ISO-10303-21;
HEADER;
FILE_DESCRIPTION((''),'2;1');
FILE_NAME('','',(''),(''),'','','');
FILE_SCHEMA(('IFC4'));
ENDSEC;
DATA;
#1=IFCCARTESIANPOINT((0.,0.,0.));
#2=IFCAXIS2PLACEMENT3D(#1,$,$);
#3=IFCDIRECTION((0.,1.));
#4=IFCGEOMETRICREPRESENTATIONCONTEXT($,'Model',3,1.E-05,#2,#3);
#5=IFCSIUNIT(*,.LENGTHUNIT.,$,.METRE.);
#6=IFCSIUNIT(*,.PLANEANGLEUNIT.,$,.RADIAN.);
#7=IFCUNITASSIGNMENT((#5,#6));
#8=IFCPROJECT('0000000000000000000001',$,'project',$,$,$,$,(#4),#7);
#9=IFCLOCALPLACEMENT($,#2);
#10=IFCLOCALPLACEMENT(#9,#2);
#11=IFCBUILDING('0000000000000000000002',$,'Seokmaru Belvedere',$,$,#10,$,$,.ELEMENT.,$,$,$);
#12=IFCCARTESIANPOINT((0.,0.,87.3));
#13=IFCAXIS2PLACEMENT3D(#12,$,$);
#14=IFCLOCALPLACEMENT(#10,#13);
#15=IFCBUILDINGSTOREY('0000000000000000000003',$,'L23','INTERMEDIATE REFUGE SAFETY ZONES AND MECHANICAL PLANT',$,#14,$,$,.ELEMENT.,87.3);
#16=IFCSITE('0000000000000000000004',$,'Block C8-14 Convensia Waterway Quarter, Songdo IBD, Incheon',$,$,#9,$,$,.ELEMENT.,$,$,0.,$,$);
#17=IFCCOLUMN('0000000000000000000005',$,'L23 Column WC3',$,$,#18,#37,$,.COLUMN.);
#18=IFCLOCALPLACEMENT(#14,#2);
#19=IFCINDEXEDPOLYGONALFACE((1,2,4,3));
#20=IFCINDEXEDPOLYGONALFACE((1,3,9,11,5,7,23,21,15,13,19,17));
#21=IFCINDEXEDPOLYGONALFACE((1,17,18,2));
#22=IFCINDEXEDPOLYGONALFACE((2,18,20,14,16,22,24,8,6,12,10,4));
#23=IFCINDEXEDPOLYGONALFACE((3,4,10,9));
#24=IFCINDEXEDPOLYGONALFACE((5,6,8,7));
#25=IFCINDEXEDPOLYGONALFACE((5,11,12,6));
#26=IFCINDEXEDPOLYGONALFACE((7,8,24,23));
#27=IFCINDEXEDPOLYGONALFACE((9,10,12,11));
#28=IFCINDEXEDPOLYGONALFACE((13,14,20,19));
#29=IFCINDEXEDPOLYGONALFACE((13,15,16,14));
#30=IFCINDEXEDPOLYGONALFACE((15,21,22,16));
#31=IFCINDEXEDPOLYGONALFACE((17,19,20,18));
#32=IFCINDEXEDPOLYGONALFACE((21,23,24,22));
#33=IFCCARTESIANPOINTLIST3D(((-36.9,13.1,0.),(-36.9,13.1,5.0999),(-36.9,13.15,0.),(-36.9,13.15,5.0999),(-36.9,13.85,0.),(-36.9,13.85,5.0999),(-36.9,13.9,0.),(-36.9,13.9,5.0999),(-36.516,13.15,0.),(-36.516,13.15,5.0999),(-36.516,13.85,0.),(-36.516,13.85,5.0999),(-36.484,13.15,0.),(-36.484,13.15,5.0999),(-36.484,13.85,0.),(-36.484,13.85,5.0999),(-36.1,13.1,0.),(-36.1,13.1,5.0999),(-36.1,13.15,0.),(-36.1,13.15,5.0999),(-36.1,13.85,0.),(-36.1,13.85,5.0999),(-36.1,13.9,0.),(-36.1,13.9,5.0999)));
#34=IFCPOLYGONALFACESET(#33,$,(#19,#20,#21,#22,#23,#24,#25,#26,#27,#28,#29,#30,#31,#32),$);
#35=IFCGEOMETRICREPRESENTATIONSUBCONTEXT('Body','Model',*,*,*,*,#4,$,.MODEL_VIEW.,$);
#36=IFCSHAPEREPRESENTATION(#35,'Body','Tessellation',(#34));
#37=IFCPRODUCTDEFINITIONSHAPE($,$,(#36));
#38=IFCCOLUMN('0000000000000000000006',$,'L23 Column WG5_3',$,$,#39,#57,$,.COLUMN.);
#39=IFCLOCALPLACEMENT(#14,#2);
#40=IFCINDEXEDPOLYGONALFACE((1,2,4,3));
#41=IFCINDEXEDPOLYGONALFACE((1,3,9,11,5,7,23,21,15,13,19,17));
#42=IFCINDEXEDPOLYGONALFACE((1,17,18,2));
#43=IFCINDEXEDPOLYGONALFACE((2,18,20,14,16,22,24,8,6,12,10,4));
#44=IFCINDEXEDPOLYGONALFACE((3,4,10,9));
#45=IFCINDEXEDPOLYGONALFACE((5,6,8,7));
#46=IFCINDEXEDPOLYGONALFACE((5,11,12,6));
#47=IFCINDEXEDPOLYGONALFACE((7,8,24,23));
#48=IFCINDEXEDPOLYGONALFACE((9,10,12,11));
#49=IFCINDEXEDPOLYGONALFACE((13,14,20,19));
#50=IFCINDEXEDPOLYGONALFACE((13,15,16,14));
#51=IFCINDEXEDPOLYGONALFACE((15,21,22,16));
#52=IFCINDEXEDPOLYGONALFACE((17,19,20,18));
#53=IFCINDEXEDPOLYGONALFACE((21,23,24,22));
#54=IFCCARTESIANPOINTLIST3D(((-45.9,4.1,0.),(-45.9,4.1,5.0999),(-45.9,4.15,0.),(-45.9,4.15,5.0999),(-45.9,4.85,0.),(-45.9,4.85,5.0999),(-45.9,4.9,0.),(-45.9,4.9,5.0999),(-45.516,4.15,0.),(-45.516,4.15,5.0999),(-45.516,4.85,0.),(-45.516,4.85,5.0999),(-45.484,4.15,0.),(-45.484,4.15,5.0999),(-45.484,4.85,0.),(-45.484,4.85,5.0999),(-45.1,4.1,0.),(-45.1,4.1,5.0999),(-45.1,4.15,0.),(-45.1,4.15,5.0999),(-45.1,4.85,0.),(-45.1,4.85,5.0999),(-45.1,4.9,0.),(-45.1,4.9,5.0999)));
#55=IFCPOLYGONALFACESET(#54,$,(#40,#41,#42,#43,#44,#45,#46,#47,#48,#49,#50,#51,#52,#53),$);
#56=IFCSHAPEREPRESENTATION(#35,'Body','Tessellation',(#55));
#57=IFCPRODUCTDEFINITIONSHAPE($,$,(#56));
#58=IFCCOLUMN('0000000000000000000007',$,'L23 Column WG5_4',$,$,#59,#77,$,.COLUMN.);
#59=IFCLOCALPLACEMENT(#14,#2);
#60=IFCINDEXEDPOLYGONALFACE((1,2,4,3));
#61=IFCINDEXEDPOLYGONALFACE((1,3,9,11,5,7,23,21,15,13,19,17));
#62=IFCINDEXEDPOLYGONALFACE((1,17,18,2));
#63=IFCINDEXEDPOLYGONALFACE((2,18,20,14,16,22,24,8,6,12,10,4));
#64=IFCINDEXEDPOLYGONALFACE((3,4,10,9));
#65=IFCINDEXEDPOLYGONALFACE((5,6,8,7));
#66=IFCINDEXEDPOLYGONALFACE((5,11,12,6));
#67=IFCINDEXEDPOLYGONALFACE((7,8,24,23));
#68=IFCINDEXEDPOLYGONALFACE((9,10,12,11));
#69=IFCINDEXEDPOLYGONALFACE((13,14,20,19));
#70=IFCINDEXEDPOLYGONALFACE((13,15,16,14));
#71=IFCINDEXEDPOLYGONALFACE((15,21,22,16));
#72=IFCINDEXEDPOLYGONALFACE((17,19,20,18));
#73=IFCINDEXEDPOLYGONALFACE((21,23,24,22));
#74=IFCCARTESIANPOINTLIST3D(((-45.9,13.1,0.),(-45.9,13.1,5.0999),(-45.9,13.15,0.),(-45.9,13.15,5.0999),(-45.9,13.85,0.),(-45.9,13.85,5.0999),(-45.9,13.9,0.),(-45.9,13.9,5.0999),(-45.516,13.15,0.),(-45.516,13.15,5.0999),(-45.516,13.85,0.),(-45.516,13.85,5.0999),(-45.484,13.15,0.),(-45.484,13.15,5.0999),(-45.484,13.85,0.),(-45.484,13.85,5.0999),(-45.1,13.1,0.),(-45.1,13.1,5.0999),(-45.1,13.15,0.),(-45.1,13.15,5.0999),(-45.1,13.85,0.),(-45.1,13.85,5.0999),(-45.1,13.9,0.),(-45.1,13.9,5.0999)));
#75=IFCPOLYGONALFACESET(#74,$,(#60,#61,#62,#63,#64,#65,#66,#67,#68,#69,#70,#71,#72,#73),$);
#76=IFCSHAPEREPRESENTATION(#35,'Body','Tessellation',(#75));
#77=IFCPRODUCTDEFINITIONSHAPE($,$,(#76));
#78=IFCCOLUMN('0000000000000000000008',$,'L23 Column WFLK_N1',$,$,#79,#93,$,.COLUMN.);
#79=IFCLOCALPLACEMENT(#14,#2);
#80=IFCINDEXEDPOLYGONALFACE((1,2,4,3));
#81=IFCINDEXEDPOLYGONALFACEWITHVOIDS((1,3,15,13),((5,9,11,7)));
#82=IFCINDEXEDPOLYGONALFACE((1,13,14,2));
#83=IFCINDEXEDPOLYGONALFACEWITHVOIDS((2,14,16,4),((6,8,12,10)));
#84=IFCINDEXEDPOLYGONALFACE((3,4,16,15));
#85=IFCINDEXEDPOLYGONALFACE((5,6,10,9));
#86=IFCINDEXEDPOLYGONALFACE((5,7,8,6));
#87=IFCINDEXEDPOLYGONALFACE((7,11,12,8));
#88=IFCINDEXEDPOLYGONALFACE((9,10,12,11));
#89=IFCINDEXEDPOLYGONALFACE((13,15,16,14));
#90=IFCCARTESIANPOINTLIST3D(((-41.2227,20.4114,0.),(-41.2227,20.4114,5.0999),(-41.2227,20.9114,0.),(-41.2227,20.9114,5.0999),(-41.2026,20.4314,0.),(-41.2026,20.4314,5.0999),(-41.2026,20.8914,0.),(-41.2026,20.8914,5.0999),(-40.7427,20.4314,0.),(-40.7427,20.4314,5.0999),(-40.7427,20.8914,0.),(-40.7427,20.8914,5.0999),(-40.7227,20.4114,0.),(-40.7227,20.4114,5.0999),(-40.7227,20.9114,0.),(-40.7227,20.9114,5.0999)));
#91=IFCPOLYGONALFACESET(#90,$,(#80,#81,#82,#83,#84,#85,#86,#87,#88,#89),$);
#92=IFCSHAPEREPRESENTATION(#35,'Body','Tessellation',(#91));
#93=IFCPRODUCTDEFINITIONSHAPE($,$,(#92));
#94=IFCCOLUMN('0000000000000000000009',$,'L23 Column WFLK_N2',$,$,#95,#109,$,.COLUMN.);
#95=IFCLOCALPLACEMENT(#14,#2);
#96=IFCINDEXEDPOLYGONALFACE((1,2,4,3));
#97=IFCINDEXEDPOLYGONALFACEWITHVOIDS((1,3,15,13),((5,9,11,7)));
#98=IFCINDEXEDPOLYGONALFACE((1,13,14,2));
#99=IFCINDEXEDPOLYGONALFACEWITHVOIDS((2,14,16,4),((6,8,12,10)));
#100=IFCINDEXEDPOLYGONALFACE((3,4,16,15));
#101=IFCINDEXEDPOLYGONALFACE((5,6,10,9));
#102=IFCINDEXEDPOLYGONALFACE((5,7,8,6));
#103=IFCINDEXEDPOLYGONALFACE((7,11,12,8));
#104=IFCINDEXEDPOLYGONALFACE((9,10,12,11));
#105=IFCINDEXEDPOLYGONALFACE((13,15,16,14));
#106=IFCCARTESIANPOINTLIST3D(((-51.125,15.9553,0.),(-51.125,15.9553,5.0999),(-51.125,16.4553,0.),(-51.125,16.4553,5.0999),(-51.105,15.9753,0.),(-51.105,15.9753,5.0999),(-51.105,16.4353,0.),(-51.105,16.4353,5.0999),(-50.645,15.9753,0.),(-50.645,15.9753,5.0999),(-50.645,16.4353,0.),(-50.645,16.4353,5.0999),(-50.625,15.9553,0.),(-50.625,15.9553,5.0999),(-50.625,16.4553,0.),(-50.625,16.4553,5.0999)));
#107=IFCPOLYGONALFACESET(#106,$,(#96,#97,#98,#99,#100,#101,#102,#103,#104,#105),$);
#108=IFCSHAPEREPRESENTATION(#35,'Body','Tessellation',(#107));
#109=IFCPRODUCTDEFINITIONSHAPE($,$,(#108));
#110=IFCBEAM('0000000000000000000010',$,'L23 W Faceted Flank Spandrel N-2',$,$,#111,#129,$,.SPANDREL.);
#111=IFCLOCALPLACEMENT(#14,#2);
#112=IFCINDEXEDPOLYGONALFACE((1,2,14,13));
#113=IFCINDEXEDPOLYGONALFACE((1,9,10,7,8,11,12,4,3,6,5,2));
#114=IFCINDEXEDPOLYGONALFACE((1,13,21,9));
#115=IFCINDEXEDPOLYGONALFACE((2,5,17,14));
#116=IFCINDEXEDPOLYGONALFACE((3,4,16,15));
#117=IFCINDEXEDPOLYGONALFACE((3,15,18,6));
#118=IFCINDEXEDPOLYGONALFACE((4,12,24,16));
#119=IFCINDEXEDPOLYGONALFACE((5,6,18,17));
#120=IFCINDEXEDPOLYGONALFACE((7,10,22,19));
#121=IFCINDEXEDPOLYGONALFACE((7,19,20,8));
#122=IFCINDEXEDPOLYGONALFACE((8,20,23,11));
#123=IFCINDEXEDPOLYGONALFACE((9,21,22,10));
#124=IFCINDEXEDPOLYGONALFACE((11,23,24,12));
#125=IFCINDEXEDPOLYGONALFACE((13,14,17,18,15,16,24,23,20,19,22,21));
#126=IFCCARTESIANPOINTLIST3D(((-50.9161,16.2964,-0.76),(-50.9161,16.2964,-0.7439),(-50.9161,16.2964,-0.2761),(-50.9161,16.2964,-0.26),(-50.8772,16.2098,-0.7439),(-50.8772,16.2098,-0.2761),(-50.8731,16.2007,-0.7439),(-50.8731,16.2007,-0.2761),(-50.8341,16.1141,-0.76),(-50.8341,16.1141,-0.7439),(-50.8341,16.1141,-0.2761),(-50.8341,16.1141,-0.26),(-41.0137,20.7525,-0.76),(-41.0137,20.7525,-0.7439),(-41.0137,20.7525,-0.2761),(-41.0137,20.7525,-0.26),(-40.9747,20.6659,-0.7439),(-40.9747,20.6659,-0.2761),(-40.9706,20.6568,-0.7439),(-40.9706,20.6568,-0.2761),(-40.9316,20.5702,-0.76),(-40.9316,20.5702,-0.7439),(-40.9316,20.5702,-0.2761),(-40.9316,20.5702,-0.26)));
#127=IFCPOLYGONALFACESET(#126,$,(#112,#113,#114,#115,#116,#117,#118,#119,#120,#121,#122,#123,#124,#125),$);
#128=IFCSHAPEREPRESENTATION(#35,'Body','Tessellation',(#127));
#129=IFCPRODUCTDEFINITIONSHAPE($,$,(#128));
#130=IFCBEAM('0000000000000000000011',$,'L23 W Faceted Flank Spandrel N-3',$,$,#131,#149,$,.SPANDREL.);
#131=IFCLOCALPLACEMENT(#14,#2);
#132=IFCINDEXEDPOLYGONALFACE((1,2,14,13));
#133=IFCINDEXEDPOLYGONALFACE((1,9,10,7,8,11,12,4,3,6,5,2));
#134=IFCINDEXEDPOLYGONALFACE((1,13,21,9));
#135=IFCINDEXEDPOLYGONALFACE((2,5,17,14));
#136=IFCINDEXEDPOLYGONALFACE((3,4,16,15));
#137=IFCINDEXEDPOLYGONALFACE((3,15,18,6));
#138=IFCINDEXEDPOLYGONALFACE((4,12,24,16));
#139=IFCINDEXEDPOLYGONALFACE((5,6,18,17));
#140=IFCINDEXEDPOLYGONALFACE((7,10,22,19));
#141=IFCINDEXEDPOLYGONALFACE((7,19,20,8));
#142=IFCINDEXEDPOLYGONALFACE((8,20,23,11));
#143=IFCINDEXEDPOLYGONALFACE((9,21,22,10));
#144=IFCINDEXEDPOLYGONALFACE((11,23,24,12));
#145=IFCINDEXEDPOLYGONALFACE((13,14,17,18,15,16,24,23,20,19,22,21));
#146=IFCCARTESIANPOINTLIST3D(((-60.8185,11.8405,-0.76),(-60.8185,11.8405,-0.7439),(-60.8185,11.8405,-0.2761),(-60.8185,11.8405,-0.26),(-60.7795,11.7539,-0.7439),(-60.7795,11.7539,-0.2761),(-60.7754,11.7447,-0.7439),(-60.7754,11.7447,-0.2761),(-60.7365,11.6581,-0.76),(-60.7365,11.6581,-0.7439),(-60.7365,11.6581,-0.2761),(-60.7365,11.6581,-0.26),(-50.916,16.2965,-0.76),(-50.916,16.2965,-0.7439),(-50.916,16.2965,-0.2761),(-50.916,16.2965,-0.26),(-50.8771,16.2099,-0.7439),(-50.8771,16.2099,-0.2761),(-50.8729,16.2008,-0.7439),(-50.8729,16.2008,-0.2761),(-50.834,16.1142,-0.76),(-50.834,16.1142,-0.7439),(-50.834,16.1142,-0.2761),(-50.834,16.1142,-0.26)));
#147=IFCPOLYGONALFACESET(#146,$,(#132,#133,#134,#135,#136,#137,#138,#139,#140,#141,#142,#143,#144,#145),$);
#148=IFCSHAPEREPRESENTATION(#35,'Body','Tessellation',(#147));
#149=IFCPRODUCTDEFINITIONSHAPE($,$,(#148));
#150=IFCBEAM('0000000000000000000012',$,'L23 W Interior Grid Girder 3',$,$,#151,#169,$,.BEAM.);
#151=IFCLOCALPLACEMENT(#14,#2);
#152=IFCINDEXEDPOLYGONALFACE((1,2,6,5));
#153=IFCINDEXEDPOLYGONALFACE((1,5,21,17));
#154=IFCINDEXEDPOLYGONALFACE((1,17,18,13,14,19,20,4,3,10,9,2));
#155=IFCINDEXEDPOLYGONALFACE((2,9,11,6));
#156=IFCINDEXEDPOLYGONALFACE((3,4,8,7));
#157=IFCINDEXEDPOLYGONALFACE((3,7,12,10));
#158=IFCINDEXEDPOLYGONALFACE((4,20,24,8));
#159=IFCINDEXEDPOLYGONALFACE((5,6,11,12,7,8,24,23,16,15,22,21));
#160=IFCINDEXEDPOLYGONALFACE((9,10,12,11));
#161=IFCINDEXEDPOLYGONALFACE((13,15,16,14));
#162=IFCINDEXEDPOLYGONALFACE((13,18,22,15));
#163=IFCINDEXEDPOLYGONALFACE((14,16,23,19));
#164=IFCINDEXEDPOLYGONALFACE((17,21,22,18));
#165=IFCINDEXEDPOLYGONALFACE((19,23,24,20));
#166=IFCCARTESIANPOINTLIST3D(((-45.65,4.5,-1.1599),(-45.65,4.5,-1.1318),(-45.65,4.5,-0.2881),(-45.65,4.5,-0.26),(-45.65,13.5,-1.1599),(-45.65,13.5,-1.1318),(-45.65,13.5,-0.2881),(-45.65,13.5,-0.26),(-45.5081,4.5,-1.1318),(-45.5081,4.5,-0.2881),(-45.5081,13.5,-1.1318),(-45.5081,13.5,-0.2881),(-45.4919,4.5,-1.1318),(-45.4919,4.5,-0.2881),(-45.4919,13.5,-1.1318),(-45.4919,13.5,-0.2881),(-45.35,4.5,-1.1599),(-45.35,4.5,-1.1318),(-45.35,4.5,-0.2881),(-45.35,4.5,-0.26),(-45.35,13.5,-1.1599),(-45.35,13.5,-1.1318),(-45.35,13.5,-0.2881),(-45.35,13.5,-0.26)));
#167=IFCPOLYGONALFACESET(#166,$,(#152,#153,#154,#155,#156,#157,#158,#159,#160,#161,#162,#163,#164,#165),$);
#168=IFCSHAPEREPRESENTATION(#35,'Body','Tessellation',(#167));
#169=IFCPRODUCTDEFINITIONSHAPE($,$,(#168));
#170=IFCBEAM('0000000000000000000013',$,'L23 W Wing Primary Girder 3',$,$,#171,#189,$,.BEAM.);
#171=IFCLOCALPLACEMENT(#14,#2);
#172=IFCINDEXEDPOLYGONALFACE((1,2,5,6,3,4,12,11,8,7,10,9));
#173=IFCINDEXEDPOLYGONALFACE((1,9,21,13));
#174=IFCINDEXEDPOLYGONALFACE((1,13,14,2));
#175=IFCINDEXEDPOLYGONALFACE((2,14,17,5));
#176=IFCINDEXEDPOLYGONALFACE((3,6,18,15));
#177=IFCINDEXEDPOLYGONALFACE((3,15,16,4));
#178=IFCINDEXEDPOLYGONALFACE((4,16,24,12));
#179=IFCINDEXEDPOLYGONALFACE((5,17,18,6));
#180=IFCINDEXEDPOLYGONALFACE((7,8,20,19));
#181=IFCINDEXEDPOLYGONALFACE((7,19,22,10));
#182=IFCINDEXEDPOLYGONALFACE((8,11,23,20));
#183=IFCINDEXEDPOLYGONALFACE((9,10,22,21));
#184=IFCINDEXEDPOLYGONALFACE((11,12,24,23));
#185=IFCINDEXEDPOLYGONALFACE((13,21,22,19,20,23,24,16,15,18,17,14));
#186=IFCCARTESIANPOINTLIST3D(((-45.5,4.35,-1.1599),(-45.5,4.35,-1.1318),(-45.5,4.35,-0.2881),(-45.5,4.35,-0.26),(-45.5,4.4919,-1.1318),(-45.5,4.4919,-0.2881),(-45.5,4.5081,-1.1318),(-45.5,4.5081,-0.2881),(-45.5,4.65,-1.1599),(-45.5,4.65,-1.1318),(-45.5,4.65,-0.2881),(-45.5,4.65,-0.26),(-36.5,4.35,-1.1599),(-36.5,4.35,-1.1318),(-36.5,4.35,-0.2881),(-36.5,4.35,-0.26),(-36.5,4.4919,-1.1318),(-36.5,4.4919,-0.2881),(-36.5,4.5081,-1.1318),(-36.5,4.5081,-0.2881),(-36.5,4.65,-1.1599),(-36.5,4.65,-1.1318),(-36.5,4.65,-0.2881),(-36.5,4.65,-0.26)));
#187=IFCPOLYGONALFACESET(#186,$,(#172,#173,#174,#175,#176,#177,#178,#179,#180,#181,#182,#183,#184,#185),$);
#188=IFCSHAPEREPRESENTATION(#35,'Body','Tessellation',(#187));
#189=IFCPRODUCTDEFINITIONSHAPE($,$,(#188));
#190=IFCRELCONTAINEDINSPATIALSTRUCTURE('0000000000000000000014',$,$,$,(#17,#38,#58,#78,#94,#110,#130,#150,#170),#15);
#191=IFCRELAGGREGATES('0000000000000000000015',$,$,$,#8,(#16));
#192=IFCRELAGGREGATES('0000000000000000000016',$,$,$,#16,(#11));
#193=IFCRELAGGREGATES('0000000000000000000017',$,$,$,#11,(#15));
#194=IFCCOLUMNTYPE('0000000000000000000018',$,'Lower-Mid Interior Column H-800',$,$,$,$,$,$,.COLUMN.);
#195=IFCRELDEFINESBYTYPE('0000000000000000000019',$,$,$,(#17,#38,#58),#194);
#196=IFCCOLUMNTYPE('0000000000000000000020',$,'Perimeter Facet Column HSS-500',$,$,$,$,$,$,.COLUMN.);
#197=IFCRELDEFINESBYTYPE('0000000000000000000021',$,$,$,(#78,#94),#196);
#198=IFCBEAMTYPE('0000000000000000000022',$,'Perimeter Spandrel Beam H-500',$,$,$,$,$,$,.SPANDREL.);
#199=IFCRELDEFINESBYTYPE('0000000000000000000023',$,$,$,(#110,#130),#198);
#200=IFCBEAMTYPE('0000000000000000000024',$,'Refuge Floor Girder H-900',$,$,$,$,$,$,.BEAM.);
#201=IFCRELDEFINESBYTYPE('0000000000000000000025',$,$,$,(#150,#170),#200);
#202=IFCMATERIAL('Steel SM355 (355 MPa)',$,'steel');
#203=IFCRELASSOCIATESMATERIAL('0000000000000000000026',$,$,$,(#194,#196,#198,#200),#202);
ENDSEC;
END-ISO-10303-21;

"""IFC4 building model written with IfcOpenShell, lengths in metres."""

from ifc_helpers import new_model, si_unit, direction, frame, origin, origin_2d, place, context, subcontext, project, spatial, hollow_rectangle, i_section, extrude, source, transform, mapped, material, material_profile, profile_set, type_object, type_shapes, element, save


model = new_model("IFC4")

# Units and contexts
model_context = context("Model", 3, precision=1e-05, world=origin(), true_north=direction((0.0, 1.0)))
body_context = subcontext(model_context, "Body", "Model", "MODEL_VIEW")
ifc_project = project(units=[si_unit("LENGTHUNIT", "METRE"), si_unit("PLANEANGLEUNIT", "RADIAN")], contexts=[model_context])

# Site, building, storey
site_placement = place(None, origin())
site = spatial("IfcSite", under=ifc_project, at=site_placement, Name="Block C8-14 Convensia Waterway Quarter, Songdo IBD, Incheon", CompositionType="ELEMENT", RefElevation=0.0)
building_placement = place(site_placement, origin())
building = spatial("IfcBuilding", under=site, at=building_placement, Name="Seokmaru Belvedere", CompositionType="ELEMENT")
storey_placement = place(building_placement, frame((0.0, 0.0, 87.3)))
storey = spatial("IfcBuildingStorey", under=building, at=storey_placement, Name="L23", Description="INTERMEDIATE REFUGE SAFETY ZONES AND MECHANICAL PLANT", CompositionType="ELEMENT", Elevation=87.3)

# Columns
ifc_material_1 = material(Name="Steel SM355 (355 MPa)", Category="steel")
ifc_material_profile_1 = material_profile(ifc_material_1, i_section(OverallWidth=0.8, OverallDepth=0.8, WebThickness=0.032, FlangeThickness=0.05, at=origin_2d()), Name="H-800x800x32x50")
ifc_profile_set_1 = profile_set([ifc_material_profile_1], Name="Steel SM355 (355 MPa)")
column_type_1 = type_object("IfcColumnType", Name="Lower-Mid Interior Column H-800", PredefinedType="COLUMN", material=ifc_profile_set_1)
shared_shape_1 = source(origin(), body_context, "Body", "SweptSolid", [
    extrude(i_section(OverallWidth=0.8, OverallDepth=0.8, WebThickness=0.032, FlangeThickness=0.05, at=origin_2d()), origin(), (0.0, 0.0, 1.0), 5.0999),
])
type_shapes(column_type_1, [shared_shape_1])
for number, where, z_axis, x_axis, name in (
    (1, (-36.5, 13.5, 0.0), (0.0, 0.0, 1.0), (1.0, 0.0, 0.0), "L23 Column WC3"),
    (2, (-45.5, 4.5, 0.0), (0.0, 0.0, 1.0), (1.0, 0.0, 0.0), "L23 Column WG5_3"),
    (3, (-45.5, 13.5, 0.0), (0.0, 0.0, 1.0), (1.0, 0.0, 0.0), "L23 Column WG5_4"),
):
    element("IfcColumn", number, at=place(storey_placement, frame(where, z_axis=z_axis, x_axis=x_axis)), inside=storey, type_object=column_type_1, Name=name, PredefinedType="COLUMN", context=body_context, shape_type="MappedRepresentation", body=[
        mapped(shared_shape_1, transform((0.0, 0.0, 0.0), scale=1.0)),
    ])
ifc_material_profile_2 = material_profile(ifc_material_1, hollow_rectangle(XDim=0.5, YDim=0.5, WallThickness=0.02, at=origin_2d()), Name="HSS-500x500x20")
ifc_profile_set_2 = profile_set([ifc_material_profile_2], Name="Steel SM355 (355 MPa)")
column_type_2 = type_object("IfcColumnType", Name="Perimeter Facet Column HSS-500", PredefinedType="COLUMN", material=ifc_profile_set_2)
shared_shape_2 = source(origin(), body_context, "Body", "SweptSolid", [
    extrude(hollow_rectangle(XDim=0.5, YDim=0.5, WallThickness=0.02, at=origin_2d()), origin(), (0.0, 0.0, 1.0), 5.0999),
])
type_shapes(column_type_2, [shared_shape_2])
for number, where, z_axis, x_axis, name in (
    (4, (-40.9727, 20.6614, 0.0), (0.0, 0.0, 1.0), (1.0, 0.0, 0.0), "L23 Column WFLK_N1"),
    (5, (-50.875, 16.2053, 0.0), (0.0, 0.0, 1.0), (1.0, 0.0, 0.0), "L23 Column WFLK_N2"),
):
    element("IfcColumn", number, at=place(storey_placement, frame(where, z_axis=z_axis, x_axis=x_axis)), inside=storey, type_object=column_type_2, Name=name, PredefinedType="COLUMN", context=body_context, shape_type="MappedRepresentation", body=[
        mapped(shared_shape_2, transform((0.0, 0.0, 0.0), scale=1.0)),
    ])

# Beams
ifc_material_profile_3 = material_profile(ifc_material_1, i_section(OverallWidth=0.2, OverallDepth=0.5, WebThickness=0.01, FlangeThickness=0.0161, at=origin_2d()), Name="H-500x200x10x16")
ifc_profile_set_3 = profile_set([ifc_material_profile_3], Name="Steel SM355 (355 MPa)")
beam_type_1 = type_object("IfcBeamType", Name="Perimeter Spandrel Beam H-500", PredefinedType="SPANDREL", material=ifc_profile_set_3)
shared_shape_3 = source(origin(), body_context, "Body", "SweptSolid", [
    extrude(i_section(OverallWidth=0.2, OverallDepth=0.5, WebThickness=0.01, FlangeThickness=0.0161, at=origin_2d()), origin(), (0.0, 0.0, 1.0), 10.8589),
])
type_shapes(beam_type_1, [shared_shape_3])
for number, where, z_axis, x_axis, name in (
    (6, (-40.9727, 20.6614, -0.51), (-0.911922, -0.410365, 0.0), (0.410365, -0.911922, 0.0), "L23 W Faceted Flank Spandrel N-2"),
    (7, (-50.875, 16.2053, -0.51), (-0.911925, -0.410356, 0.0), (0.410356, -0.911925, 0.0), "L23 W Faceted Flank Spandrel N-3"),
):
    element("IfcBeam", number, at=place(storey_placement, frame(where, z_axis=z_axis, x_axis=x_axis)), inside=storey, type_object=beam_type_1, Name=name, PredefinedType="SPANDREL", context=body_context, shape_type="MappedRepresentation", body=[
        mapped(shared_shape_3, transform((0.0, 0.0, 0.0), scale=1.0)),
    ])
ifc_material_profile_4 = material_profile(ifc_material_1, i_section(OverallWidth=0.3, OverallDepth=0.8999, WebThickness=0.0161, FlangeThickness=0.0281, at=origin_2d()), Name="H-900x300x16x28")
ifc_profile_set_4 = profile_set([ifc_material_profile_4], Name="Steel SM355 (355 MPa)")
beam_type_2 = type_object("IfcBeamType", Name="Refuge Floor Girder H-900", PredefinedType="BEAM", material=ifc_profile_set_4)
shared_shape_4 = source(origin(), body_context, "Body", "SweptSolid", [
    extrude(i_section(OverallWidth=0.3, OverallDepth=0.8999, WebThickness=0.0161, FlangeThickness=0.0281, at=origin_2d()), origin(), (0.0, 0.0, 1.0), 9.0),
])
for number, where, z_axis, x_axis, name in (
    (8, (-45.5, 4.5, -0.71), (0.0, 1.0, 0.0), (-1.0, 0.0, 0.0), "L23 W Interior Grid Girder 3"),
    (9, (-45.5, 4.5, -0.71), (1.0, 0.0, 0.0), (0.0, 1.0, 0.0), "L23 W Wing Primary Girder 3"),
):
    element("IfcBeam", number, at=place(storey_placement, frame(where, z_axis=z_axis, x_axis=x_axis)), inside=storey, type_object=beam_type_2, Name=name, PredefinedType="BEAM", context=body_context, shape_type="MappedRepresentation", body=[
        mapped(shared_shape_4, transform((0.0, 0.0, 0.0), scale=1.0)),
    ])

save(model, "model.ifc")
